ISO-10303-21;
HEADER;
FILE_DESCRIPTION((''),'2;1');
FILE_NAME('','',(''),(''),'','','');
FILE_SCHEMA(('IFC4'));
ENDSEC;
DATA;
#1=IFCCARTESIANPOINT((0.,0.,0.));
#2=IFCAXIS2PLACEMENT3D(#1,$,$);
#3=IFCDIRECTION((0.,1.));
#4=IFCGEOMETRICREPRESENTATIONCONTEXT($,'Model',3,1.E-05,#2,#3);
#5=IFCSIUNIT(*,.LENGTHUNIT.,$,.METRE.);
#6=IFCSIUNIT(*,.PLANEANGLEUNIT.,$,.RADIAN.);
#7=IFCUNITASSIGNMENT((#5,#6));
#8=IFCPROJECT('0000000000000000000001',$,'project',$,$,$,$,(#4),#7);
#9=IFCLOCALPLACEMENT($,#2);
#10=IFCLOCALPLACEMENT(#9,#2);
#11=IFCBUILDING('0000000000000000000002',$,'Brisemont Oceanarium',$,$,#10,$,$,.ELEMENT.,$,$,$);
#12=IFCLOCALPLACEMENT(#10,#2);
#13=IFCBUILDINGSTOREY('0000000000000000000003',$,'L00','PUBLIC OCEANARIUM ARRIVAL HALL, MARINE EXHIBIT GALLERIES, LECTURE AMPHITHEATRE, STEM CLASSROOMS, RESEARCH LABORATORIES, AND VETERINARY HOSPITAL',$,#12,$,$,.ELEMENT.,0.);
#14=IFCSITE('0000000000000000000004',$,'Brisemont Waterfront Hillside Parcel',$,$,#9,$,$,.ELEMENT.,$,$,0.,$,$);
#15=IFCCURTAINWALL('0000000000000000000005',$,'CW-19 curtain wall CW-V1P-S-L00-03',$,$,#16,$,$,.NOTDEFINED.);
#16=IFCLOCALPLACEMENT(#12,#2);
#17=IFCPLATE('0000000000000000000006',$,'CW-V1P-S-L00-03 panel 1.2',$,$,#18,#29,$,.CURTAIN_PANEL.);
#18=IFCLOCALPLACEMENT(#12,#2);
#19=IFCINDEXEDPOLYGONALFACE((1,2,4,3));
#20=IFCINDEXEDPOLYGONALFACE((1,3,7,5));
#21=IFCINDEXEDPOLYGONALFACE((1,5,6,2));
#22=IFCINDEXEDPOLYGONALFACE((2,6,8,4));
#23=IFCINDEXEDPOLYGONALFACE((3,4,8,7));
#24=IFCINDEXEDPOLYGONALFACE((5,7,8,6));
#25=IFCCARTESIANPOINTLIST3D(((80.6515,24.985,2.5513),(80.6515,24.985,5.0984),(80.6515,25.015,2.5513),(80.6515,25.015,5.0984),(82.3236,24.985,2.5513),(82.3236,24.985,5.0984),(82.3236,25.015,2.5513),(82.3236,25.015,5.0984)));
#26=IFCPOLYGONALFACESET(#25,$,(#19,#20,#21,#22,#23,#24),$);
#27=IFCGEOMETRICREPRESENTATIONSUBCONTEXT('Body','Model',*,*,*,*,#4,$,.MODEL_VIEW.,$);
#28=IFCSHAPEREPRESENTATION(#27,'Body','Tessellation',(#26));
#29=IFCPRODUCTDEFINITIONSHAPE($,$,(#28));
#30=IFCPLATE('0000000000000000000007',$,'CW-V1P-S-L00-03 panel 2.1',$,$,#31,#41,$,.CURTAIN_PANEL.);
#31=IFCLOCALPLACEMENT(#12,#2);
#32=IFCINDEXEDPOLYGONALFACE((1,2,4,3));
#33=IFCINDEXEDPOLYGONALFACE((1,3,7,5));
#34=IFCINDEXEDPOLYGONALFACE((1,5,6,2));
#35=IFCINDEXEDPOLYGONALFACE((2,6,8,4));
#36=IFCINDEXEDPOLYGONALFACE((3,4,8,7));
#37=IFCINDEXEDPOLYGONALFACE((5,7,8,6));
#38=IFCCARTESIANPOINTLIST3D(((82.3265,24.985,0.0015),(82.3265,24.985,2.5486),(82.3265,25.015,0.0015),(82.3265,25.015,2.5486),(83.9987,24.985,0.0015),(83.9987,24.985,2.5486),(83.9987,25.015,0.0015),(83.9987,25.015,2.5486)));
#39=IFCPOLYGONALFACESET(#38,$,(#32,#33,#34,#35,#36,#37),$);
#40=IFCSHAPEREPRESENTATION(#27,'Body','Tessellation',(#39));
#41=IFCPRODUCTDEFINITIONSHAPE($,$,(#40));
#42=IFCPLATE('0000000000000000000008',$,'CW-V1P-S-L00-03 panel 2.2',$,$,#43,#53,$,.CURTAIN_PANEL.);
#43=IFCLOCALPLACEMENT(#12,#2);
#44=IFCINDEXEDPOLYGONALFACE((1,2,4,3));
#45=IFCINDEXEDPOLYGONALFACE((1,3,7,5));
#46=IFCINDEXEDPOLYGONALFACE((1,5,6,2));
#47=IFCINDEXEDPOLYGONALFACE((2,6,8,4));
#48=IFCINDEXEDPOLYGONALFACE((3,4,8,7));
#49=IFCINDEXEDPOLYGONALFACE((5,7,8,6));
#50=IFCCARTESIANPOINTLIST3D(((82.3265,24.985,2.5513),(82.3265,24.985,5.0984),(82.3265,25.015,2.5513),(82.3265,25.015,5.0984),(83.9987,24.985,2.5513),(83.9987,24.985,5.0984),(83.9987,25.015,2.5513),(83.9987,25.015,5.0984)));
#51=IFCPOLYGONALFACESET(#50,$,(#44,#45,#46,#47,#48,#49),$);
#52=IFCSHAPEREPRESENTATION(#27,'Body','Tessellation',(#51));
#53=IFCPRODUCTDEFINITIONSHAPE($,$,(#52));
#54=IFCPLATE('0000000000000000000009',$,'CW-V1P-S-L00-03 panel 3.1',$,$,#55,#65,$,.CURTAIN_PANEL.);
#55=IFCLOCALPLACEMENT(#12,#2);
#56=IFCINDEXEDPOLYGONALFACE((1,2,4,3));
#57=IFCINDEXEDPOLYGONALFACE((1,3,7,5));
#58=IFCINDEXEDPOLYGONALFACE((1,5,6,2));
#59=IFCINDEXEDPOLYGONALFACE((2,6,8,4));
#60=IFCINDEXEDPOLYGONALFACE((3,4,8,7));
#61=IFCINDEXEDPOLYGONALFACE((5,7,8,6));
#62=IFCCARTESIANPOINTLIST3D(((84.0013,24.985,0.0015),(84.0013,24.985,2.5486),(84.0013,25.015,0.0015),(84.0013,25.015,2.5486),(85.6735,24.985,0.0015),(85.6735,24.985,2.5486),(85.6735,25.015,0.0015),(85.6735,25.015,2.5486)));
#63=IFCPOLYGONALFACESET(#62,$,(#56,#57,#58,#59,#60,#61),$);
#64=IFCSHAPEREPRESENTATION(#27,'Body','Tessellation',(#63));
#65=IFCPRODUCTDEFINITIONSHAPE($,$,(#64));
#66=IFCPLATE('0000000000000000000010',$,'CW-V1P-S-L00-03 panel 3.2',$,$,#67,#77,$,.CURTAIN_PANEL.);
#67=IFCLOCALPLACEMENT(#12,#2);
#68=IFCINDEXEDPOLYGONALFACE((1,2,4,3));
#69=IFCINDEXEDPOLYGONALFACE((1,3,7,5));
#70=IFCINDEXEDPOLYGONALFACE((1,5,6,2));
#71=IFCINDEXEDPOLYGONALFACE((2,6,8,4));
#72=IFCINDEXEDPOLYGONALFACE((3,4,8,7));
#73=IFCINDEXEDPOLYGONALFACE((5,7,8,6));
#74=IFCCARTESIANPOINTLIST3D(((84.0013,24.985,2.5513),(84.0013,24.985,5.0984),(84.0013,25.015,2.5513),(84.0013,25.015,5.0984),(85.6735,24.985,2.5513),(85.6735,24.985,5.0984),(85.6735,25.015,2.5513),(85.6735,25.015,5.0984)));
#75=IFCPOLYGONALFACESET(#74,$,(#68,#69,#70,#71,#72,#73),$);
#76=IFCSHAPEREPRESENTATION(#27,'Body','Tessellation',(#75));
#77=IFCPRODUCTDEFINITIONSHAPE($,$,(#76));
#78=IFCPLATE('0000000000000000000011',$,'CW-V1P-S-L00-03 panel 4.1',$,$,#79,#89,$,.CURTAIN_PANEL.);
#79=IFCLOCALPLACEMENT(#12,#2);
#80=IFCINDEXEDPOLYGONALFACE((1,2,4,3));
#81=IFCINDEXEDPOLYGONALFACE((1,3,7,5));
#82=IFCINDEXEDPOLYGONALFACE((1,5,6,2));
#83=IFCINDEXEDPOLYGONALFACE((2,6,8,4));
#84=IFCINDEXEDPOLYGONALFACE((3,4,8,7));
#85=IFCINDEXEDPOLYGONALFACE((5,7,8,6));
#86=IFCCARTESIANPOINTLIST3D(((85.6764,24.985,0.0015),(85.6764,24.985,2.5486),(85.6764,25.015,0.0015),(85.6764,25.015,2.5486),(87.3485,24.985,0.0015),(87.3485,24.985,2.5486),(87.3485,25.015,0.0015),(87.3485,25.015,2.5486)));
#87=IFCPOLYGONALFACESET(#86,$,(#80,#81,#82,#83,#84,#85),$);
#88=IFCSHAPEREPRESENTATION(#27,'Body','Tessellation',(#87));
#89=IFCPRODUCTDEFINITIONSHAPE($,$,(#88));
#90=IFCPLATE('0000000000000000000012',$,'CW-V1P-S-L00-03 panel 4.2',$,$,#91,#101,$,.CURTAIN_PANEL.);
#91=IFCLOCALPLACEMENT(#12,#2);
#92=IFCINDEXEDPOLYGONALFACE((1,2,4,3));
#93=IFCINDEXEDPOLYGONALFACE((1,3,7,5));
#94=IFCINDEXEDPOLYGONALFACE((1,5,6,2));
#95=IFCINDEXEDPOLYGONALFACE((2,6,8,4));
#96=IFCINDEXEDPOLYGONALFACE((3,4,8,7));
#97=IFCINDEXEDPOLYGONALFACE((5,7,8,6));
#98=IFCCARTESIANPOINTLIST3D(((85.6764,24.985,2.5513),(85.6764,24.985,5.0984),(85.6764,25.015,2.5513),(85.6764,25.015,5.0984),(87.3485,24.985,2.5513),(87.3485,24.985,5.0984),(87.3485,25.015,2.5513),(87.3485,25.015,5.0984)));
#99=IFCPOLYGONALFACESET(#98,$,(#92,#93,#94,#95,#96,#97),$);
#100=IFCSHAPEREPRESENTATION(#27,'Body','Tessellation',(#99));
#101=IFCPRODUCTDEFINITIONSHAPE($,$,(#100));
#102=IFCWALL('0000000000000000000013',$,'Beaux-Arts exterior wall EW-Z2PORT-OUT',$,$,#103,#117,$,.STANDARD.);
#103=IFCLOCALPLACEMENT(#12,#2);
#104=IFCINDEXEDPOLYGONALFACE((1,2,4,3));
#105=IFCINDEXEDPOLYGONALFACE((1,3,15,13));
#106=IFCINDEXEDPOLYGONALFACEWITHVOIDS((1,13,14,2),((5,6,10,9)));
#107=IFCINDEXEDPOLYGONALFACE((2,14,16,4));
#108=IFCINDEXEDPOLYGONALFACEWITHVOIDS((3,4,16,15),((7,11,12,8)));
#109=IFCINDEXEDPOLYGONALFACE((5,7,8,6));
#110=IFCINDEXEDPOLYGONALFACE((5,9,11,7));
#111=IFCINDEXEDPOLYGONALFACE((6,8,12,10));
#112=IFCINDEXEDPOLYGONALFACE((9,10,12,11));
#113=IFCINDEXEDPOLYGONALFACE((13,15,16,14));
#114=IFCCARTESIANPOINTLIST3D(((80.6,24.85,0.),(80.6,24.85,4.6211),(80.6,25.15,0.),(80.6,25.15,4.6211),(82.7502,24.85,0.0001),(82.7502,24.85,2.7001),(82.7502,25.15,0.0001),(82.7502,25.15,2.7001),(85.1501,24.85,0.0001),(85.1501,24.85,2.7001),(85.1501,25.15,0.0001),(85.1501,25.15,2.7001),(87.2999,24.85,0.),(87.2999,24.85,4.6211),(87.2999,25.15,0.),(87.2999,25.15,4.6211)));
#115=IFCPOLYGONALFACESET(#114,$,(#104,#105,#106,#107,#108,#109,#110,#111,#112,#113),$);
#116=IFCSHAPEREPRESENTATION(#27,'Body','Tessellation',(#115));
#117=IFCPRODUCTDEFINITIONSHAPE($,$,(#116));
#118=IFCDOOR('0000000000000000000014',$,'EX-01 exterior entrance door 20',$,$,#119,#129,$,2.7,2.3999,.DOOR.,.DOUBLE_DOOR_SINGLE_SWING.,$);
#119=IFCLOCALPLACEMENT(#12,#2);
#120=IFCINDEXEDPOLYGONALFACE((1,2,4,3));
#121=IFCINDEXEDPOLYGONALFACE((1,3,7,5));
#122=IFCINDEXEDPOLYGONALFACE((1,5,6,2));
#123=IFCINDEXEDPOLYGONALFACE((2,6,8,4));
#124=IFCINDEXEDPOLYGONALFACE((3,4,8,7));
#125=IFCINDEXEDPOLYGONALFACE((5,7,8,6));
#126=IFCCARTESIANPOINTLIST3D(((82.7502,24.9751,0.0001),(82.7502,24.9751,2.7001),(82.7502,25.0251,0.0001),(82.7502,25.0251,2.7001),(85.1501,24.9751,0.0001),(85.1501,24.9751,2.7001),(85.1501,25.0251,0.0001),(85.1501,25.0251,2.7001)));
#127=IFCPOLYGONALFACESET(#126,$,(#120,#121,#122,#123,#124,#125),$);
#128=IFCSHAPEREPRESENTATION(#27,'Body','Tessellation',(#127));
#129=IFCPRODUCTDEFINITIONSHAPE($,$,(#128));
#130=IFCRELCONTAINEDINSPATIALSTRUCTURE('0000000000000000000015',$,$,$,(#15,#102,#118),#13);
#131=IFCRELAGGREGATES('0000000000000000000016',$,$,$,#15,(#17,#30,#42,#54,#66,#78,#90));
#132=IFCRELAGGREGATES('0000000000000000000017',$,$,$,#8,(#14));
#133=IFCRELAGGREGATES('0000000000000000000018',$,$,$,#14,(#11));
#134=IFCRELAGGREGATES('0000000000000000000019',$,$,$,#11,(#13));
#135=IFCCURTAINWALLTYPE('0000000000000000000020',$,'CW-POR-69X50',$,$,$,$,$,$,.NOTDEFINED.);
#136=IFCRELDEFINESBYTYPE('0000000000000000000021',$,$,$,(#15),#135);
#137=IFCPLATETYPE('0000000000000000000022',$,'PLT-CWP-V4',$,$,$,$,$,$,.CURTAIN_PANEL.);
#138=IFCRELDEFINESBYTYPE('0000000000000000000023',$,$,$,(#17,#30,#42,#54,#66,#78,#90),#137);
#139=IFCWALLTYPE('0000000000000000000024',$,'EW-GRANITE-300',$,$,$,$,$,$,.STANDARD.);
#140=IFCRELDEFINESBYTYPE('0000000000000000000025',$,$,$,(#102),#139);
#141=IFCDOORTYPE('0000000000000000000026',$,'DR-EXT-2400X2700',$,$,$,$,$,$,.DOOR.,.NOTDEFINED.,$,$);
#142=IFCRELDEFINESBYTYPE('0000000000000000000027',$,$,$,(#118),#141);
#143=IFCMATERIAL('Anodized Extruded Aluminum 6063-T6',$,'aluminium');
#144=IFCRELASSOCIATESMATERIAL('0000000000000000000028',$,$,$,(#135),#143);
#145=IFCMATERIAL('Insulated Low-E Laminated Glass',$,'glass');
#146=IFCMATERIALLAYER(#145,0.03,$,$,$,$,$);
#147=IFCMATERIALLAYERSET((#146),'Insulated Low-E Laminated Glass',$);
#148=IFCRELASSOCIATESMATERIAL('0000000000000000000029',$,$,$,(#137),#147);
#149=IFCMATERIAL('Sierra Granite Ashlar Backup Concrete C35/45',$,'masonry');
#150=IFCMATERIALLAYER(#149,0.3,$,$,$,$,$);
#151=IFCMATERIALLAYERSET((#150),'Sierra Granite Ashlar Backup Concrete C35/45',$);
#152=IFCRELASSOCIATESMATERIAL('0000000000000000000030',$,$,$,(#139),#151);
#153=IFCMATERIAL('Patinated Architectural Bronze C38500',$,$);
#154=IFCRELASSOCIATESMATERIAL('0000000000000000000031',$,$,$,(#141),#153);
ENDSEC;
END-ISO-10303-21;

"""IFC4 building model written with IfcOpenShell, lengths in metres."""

from ifc_helpers import new_model, si_unit, direction, frame, frame_2d, origin, origin_2d, place, context, subcontext, project, spatial, rectangle, extrude, material, layer, layer_set, type_object, element, fill, aggregate, save


model = new_model("IFC4")

# Units and contexts
model_context = context("Model", 3, precision=1e-05, world=origin(), true_north=direction((0.0, 1.0)))
body_context = subcontext(model_context, "Body", "Model", "MODEL_VIEW")
ifc_project = project(units=[si_unit("LENGTHUNIT", "METRE"), si_unit("PLANEANGLEUNIT", "RADIAN")], contexts=[model_context])

# Site, building, storey
site_placement = place(None, origin())
site = spatial("IfcSite", under=ifc_project, at=site_placement, Name="Brisemont Waterfront Hillside Parcel", CompositionType="ELEMENT", RefElevation=0.0)
building_placement = place(site_placement, origin())
building = spatial("IfcBuilding", under=site, at=building_placement, Name="Brisemont Oceanarium", CompositionType="ELEMENT")
storey_placement = place(building_placement, origin())
storey = spatial("IfcBuildingStorey", under=building, at=storey_placement, Name="L00", Description="PUBLIC OCEANARIUM ARRIVAL HALL, MARINE EXHIBIT GALLERIES, LECTURE AMPHITHEATRE, STEM CLASSROOMS, RESEARCH LABORATORIES, AND VETERINARY HOSPITAL", CompositionType="ELEMENT", Elevation=0.0)

# Curtain wall
ifc_material_1 = material(Name="Anodized Extruded Aluminum 6063-T6", Category="aluminium")
curtain_wall_type = type_object("IfcCurtainWallType", Name="CW-POR-69X50", PredefinedType="NOTDEFINED", material=ifc_material_1)
curtain_wall_1_placement = place(storey_placement, origin())
curtain_wall_1 = element("IfcCurtainWall", 1, at=curtain_wall_1_placement, inside=storey, type_object=curtain_wall_type, Name="CW-19 curtain wall CW-V1P-S-L00-03", PredefinedType="NOTDEFINED")

# Plates
ifc_material_2 = material(Name="Insulated Low-E Laminated Glass", Category="glass")
ifc_layer_1 = layer(ifc_material_2, 0.03)
ifc_layer_set_1 = layer_set([ifc_layer_1], Name="Insulated Low-E Laminated Glass")
plate_type = type_object("IfcPlateType", Name="PLT-CWP-V4", PredefinedType="CURTAIN_PANEL", material=ifc_layer_set_1)
plate_1_placement = place(storey_placement, frame((81.4875, 25.0, 2.5513), z_axis=(0.0, 0.0, 1.0), x_axis=(1.0, 0.0, 0.0)))
plate_1 = element("IfcPlate", 2, at=plate_1_placement, type_object=plate_type, Name="CW-V1P-S-L00-03 panel 1.2", PredefinedType="CURTAIN_PANEL", context=body_context, shape_type="SweptSolid", body=[
    extrude(rectangle(XDim=1.6721, YDim=0.03, at=origin_2d()), origin(), (0.0, 0.0, 1.0), 2.5471),
])
plate_2_placement = place(storey_placement, frame((83.1626, 25.0, 0.0015), z_axis=(0.0, 0.0, 1.0), x_axis=(1.0, 0.0, 0.0)))
plate_2 = element("IfcPlate", 3, at=plate_2_placement, type_object=plate_type, Name="CW-V1P-S-L00-03 panel 2.1", PredefinedType="CURTAIN_PANEL", context=body_context, shape_type="SweptSolid", body=[
    extrude(rectangle(XDim=1.6721, YDim=0.03, at=origin_2d()), origin(), (0.0, 0.0, 1.0), 2.5471),
])
plate_3_placement = place(storey_placement, frame((83.1626, 25.0, 2.5513), z_axis=(0.0, 0.0, 1.0), x_axis=(1.0, 0.0, 0.0)))
plate_3 = element("IfcPlate", 4, at=plate_3_placement, type_object=plate_type, Name="CW-V1P-S-L00-03 panel 2.2", PredefinedType="CURTAIN_PANEL", context=body_context, shape_type="SweptSolid", body=[
    extrude(rectangle(XDim=1.6721, YDim=0.03, at=origin_2d()), origin(), (0.0, 0.0, 1.0), 2.5471),
])
plate_4_placement = place(storey_placement, frame((84.8374, 25.0, 0.0015), z_axis=(0.0, 0.0, 1.0), x_axis=(1.0, 0.0, 0.0)))
plate_4 = element("IfcPlate", 5, at=plate_4_placement, type_object=plate_type, Name="CW-V1P-S-L00-03 panel 3.1", PredefinedType="CURTAIN_PANEL", context=body_context, shape_type="SweptSolid", body=[
    extrude(rectangle(XDim=1.6721, YDim=0.03, at=origin_2d()), origin(), (0.0, 0.0, 1.0), 2.5471),
])
plate_5_placement = place(storey_placement, frame((84.8374, 25.0, 2.5513), z_axis=(0.0, 0.0, 1.0), x_axis=(1.0, 0.0, 0.0)))
plate_5 = element("IfcPlate", 6, at=plate_5_placement, type_object=plate_type, Name="CW-V1P-S-L00-03 panel 3.2", PredefinedType="CURTAIN_PANEL", context=body_context, shape_type="SweptSolid", body=[
    extrude(rectangle(XDim=1.6721, YDim=0.03, at=origin_2d()), origin(), (0.0, 0.0, 1.0), 2.5471),
])
plate_6_placement = place(storey_placement, frame((86.5125, 25.0, 0.0015), z_axis=(0.0, 0.0, 1.0), x_axis=(1.0, 0.0, 0.0)))
plate_6 = element("IfcPlate", 7, at=plate_6_placement, type_object=plate_type, Name="CW-V1P-S-L00-03 panel 4.1", PredefinedType="CURTAIN_PANEL", context=body_context, shape_type="SweptSolid", body=[
    extrude(rectangle(XDim=1.6721, YDim=0.03, at=origin_2d()), origin(), (0.0, 0.0, 1.0), 2.5471),
])
plate_7_placement = place(storey_placement, frame((86.5125, 25.0, 2.5513), z_axis=(0.0, 0.0, 1.0), x_axis=(1.0, 0.0, 0.0)))
plate_7 = element("IfcPlate", 8, at=plate_7_placement, type_object=plate_type, Name="CW-V1P-S-L00-03 panel 4.2", PredefinedType="CURTAIN_PANEL", context=body_context, shape_type="SweptSolid", body=[
    extrude(rectangle(XDim=1.6721, YDim=0.03, at=origin_2d()), origin(), (0.0, 0.0, 1.0), 2.5471),
])
aggregate(curtain_wall_1, [plate_1, plate_2, plate_3, plate_4, plate_5, plate_6, plate_7])

# Wall, opening, door
ifc_material_3 = material(Name="Sierra Granite Ashlar Backup Concrete C35/45", Category="masonry")
ifc_layer_2 = layer(ifc_material_3, 0.3)
ifc_layer_set_2 = layer_set([ifc_layer_2], Name="Sierra Granite Ashlar Backup Concrete C35/45")
wall_type = type_object("IfcWallType", Name="EW-GRANITE-300", PredefinedType="STANDARD", material=ifc_layer_set_2)
wall_placement = place(storey_placement, frame((87.3, 25.0, 0.0), z_axis=(0.0, 0.0, 1.0), x_axis=(-1.0, 0.0, 0.0)))
wall = element("IfcWall", 9, at=wall_placement, inside=storey, type_object=wall_type, Name="Beaux-Arts exterior wall EW-Z2PORT-OUT", PredefinedType="STANDARD", context=body_context, shape_type="SweptSolid", body=[
    extrude(rectangle(XDim=6.7, YDim=0.3, at=frame_2d((3.3501, 0.0))), origin(), (0.0, 0.0, 1.0), 4.6211),
])
opening_placement = place(wall_placement, frame((2.1499, 0.0, 0.0)))
opening = element("IfcOpeningElement", 10, at=opening_placement, cuts=wall, PredefinedType="OPENING", context=body_context, shape_type="SweptSolid", body=[
    extrude(rectangle(XDim=2.3999, YDim=2.7, at=frame_2d((1.2, 1.3501))), frame((0.0, 0.1599, 0.0), z_axis=(0.0, -1.0, 0.0), x_axis=(1.0, 0.0, 0.0)), (0.0, 0.0, 1.0), 0.3201),
])
ifc_material_4 = material(Name="Patinated Architectural Bronze C38500")
door_type = type_object("IfcDoorType", Name="DR-EXT-2400X2700", OperationType="NOTDEFINED", PredefinedType="DOOR", material=ifc_material_4)
door_placement = place(opening_placement, origin())
door = element("IfcDoor", 11, at=door_placement, inside=storey, type_object=door_type, Name="EX-01 exterior entrance door 20", OperationType="DOUBLE_DOOR_SINGLE_SWING", OverallHeight=2.7, OverallWidth=2.3999, PredefinedType="DOOR", context=body_context, shape_type="SweptSolid", body=[
    extrude(rectangle(XDim=2.3999, YDim=2.7, at=frame_2d((1.2, 1.3501))), frame((0.0, 0.0249, 0.0), z_axis=(0.0, -1.0, 0.0), x_axis=(1.0, 0.0, 0.0)), (0.0, 0.0, 1.0), 0.05),
])
fill(opening, door)

save(model, "model.ifc")
